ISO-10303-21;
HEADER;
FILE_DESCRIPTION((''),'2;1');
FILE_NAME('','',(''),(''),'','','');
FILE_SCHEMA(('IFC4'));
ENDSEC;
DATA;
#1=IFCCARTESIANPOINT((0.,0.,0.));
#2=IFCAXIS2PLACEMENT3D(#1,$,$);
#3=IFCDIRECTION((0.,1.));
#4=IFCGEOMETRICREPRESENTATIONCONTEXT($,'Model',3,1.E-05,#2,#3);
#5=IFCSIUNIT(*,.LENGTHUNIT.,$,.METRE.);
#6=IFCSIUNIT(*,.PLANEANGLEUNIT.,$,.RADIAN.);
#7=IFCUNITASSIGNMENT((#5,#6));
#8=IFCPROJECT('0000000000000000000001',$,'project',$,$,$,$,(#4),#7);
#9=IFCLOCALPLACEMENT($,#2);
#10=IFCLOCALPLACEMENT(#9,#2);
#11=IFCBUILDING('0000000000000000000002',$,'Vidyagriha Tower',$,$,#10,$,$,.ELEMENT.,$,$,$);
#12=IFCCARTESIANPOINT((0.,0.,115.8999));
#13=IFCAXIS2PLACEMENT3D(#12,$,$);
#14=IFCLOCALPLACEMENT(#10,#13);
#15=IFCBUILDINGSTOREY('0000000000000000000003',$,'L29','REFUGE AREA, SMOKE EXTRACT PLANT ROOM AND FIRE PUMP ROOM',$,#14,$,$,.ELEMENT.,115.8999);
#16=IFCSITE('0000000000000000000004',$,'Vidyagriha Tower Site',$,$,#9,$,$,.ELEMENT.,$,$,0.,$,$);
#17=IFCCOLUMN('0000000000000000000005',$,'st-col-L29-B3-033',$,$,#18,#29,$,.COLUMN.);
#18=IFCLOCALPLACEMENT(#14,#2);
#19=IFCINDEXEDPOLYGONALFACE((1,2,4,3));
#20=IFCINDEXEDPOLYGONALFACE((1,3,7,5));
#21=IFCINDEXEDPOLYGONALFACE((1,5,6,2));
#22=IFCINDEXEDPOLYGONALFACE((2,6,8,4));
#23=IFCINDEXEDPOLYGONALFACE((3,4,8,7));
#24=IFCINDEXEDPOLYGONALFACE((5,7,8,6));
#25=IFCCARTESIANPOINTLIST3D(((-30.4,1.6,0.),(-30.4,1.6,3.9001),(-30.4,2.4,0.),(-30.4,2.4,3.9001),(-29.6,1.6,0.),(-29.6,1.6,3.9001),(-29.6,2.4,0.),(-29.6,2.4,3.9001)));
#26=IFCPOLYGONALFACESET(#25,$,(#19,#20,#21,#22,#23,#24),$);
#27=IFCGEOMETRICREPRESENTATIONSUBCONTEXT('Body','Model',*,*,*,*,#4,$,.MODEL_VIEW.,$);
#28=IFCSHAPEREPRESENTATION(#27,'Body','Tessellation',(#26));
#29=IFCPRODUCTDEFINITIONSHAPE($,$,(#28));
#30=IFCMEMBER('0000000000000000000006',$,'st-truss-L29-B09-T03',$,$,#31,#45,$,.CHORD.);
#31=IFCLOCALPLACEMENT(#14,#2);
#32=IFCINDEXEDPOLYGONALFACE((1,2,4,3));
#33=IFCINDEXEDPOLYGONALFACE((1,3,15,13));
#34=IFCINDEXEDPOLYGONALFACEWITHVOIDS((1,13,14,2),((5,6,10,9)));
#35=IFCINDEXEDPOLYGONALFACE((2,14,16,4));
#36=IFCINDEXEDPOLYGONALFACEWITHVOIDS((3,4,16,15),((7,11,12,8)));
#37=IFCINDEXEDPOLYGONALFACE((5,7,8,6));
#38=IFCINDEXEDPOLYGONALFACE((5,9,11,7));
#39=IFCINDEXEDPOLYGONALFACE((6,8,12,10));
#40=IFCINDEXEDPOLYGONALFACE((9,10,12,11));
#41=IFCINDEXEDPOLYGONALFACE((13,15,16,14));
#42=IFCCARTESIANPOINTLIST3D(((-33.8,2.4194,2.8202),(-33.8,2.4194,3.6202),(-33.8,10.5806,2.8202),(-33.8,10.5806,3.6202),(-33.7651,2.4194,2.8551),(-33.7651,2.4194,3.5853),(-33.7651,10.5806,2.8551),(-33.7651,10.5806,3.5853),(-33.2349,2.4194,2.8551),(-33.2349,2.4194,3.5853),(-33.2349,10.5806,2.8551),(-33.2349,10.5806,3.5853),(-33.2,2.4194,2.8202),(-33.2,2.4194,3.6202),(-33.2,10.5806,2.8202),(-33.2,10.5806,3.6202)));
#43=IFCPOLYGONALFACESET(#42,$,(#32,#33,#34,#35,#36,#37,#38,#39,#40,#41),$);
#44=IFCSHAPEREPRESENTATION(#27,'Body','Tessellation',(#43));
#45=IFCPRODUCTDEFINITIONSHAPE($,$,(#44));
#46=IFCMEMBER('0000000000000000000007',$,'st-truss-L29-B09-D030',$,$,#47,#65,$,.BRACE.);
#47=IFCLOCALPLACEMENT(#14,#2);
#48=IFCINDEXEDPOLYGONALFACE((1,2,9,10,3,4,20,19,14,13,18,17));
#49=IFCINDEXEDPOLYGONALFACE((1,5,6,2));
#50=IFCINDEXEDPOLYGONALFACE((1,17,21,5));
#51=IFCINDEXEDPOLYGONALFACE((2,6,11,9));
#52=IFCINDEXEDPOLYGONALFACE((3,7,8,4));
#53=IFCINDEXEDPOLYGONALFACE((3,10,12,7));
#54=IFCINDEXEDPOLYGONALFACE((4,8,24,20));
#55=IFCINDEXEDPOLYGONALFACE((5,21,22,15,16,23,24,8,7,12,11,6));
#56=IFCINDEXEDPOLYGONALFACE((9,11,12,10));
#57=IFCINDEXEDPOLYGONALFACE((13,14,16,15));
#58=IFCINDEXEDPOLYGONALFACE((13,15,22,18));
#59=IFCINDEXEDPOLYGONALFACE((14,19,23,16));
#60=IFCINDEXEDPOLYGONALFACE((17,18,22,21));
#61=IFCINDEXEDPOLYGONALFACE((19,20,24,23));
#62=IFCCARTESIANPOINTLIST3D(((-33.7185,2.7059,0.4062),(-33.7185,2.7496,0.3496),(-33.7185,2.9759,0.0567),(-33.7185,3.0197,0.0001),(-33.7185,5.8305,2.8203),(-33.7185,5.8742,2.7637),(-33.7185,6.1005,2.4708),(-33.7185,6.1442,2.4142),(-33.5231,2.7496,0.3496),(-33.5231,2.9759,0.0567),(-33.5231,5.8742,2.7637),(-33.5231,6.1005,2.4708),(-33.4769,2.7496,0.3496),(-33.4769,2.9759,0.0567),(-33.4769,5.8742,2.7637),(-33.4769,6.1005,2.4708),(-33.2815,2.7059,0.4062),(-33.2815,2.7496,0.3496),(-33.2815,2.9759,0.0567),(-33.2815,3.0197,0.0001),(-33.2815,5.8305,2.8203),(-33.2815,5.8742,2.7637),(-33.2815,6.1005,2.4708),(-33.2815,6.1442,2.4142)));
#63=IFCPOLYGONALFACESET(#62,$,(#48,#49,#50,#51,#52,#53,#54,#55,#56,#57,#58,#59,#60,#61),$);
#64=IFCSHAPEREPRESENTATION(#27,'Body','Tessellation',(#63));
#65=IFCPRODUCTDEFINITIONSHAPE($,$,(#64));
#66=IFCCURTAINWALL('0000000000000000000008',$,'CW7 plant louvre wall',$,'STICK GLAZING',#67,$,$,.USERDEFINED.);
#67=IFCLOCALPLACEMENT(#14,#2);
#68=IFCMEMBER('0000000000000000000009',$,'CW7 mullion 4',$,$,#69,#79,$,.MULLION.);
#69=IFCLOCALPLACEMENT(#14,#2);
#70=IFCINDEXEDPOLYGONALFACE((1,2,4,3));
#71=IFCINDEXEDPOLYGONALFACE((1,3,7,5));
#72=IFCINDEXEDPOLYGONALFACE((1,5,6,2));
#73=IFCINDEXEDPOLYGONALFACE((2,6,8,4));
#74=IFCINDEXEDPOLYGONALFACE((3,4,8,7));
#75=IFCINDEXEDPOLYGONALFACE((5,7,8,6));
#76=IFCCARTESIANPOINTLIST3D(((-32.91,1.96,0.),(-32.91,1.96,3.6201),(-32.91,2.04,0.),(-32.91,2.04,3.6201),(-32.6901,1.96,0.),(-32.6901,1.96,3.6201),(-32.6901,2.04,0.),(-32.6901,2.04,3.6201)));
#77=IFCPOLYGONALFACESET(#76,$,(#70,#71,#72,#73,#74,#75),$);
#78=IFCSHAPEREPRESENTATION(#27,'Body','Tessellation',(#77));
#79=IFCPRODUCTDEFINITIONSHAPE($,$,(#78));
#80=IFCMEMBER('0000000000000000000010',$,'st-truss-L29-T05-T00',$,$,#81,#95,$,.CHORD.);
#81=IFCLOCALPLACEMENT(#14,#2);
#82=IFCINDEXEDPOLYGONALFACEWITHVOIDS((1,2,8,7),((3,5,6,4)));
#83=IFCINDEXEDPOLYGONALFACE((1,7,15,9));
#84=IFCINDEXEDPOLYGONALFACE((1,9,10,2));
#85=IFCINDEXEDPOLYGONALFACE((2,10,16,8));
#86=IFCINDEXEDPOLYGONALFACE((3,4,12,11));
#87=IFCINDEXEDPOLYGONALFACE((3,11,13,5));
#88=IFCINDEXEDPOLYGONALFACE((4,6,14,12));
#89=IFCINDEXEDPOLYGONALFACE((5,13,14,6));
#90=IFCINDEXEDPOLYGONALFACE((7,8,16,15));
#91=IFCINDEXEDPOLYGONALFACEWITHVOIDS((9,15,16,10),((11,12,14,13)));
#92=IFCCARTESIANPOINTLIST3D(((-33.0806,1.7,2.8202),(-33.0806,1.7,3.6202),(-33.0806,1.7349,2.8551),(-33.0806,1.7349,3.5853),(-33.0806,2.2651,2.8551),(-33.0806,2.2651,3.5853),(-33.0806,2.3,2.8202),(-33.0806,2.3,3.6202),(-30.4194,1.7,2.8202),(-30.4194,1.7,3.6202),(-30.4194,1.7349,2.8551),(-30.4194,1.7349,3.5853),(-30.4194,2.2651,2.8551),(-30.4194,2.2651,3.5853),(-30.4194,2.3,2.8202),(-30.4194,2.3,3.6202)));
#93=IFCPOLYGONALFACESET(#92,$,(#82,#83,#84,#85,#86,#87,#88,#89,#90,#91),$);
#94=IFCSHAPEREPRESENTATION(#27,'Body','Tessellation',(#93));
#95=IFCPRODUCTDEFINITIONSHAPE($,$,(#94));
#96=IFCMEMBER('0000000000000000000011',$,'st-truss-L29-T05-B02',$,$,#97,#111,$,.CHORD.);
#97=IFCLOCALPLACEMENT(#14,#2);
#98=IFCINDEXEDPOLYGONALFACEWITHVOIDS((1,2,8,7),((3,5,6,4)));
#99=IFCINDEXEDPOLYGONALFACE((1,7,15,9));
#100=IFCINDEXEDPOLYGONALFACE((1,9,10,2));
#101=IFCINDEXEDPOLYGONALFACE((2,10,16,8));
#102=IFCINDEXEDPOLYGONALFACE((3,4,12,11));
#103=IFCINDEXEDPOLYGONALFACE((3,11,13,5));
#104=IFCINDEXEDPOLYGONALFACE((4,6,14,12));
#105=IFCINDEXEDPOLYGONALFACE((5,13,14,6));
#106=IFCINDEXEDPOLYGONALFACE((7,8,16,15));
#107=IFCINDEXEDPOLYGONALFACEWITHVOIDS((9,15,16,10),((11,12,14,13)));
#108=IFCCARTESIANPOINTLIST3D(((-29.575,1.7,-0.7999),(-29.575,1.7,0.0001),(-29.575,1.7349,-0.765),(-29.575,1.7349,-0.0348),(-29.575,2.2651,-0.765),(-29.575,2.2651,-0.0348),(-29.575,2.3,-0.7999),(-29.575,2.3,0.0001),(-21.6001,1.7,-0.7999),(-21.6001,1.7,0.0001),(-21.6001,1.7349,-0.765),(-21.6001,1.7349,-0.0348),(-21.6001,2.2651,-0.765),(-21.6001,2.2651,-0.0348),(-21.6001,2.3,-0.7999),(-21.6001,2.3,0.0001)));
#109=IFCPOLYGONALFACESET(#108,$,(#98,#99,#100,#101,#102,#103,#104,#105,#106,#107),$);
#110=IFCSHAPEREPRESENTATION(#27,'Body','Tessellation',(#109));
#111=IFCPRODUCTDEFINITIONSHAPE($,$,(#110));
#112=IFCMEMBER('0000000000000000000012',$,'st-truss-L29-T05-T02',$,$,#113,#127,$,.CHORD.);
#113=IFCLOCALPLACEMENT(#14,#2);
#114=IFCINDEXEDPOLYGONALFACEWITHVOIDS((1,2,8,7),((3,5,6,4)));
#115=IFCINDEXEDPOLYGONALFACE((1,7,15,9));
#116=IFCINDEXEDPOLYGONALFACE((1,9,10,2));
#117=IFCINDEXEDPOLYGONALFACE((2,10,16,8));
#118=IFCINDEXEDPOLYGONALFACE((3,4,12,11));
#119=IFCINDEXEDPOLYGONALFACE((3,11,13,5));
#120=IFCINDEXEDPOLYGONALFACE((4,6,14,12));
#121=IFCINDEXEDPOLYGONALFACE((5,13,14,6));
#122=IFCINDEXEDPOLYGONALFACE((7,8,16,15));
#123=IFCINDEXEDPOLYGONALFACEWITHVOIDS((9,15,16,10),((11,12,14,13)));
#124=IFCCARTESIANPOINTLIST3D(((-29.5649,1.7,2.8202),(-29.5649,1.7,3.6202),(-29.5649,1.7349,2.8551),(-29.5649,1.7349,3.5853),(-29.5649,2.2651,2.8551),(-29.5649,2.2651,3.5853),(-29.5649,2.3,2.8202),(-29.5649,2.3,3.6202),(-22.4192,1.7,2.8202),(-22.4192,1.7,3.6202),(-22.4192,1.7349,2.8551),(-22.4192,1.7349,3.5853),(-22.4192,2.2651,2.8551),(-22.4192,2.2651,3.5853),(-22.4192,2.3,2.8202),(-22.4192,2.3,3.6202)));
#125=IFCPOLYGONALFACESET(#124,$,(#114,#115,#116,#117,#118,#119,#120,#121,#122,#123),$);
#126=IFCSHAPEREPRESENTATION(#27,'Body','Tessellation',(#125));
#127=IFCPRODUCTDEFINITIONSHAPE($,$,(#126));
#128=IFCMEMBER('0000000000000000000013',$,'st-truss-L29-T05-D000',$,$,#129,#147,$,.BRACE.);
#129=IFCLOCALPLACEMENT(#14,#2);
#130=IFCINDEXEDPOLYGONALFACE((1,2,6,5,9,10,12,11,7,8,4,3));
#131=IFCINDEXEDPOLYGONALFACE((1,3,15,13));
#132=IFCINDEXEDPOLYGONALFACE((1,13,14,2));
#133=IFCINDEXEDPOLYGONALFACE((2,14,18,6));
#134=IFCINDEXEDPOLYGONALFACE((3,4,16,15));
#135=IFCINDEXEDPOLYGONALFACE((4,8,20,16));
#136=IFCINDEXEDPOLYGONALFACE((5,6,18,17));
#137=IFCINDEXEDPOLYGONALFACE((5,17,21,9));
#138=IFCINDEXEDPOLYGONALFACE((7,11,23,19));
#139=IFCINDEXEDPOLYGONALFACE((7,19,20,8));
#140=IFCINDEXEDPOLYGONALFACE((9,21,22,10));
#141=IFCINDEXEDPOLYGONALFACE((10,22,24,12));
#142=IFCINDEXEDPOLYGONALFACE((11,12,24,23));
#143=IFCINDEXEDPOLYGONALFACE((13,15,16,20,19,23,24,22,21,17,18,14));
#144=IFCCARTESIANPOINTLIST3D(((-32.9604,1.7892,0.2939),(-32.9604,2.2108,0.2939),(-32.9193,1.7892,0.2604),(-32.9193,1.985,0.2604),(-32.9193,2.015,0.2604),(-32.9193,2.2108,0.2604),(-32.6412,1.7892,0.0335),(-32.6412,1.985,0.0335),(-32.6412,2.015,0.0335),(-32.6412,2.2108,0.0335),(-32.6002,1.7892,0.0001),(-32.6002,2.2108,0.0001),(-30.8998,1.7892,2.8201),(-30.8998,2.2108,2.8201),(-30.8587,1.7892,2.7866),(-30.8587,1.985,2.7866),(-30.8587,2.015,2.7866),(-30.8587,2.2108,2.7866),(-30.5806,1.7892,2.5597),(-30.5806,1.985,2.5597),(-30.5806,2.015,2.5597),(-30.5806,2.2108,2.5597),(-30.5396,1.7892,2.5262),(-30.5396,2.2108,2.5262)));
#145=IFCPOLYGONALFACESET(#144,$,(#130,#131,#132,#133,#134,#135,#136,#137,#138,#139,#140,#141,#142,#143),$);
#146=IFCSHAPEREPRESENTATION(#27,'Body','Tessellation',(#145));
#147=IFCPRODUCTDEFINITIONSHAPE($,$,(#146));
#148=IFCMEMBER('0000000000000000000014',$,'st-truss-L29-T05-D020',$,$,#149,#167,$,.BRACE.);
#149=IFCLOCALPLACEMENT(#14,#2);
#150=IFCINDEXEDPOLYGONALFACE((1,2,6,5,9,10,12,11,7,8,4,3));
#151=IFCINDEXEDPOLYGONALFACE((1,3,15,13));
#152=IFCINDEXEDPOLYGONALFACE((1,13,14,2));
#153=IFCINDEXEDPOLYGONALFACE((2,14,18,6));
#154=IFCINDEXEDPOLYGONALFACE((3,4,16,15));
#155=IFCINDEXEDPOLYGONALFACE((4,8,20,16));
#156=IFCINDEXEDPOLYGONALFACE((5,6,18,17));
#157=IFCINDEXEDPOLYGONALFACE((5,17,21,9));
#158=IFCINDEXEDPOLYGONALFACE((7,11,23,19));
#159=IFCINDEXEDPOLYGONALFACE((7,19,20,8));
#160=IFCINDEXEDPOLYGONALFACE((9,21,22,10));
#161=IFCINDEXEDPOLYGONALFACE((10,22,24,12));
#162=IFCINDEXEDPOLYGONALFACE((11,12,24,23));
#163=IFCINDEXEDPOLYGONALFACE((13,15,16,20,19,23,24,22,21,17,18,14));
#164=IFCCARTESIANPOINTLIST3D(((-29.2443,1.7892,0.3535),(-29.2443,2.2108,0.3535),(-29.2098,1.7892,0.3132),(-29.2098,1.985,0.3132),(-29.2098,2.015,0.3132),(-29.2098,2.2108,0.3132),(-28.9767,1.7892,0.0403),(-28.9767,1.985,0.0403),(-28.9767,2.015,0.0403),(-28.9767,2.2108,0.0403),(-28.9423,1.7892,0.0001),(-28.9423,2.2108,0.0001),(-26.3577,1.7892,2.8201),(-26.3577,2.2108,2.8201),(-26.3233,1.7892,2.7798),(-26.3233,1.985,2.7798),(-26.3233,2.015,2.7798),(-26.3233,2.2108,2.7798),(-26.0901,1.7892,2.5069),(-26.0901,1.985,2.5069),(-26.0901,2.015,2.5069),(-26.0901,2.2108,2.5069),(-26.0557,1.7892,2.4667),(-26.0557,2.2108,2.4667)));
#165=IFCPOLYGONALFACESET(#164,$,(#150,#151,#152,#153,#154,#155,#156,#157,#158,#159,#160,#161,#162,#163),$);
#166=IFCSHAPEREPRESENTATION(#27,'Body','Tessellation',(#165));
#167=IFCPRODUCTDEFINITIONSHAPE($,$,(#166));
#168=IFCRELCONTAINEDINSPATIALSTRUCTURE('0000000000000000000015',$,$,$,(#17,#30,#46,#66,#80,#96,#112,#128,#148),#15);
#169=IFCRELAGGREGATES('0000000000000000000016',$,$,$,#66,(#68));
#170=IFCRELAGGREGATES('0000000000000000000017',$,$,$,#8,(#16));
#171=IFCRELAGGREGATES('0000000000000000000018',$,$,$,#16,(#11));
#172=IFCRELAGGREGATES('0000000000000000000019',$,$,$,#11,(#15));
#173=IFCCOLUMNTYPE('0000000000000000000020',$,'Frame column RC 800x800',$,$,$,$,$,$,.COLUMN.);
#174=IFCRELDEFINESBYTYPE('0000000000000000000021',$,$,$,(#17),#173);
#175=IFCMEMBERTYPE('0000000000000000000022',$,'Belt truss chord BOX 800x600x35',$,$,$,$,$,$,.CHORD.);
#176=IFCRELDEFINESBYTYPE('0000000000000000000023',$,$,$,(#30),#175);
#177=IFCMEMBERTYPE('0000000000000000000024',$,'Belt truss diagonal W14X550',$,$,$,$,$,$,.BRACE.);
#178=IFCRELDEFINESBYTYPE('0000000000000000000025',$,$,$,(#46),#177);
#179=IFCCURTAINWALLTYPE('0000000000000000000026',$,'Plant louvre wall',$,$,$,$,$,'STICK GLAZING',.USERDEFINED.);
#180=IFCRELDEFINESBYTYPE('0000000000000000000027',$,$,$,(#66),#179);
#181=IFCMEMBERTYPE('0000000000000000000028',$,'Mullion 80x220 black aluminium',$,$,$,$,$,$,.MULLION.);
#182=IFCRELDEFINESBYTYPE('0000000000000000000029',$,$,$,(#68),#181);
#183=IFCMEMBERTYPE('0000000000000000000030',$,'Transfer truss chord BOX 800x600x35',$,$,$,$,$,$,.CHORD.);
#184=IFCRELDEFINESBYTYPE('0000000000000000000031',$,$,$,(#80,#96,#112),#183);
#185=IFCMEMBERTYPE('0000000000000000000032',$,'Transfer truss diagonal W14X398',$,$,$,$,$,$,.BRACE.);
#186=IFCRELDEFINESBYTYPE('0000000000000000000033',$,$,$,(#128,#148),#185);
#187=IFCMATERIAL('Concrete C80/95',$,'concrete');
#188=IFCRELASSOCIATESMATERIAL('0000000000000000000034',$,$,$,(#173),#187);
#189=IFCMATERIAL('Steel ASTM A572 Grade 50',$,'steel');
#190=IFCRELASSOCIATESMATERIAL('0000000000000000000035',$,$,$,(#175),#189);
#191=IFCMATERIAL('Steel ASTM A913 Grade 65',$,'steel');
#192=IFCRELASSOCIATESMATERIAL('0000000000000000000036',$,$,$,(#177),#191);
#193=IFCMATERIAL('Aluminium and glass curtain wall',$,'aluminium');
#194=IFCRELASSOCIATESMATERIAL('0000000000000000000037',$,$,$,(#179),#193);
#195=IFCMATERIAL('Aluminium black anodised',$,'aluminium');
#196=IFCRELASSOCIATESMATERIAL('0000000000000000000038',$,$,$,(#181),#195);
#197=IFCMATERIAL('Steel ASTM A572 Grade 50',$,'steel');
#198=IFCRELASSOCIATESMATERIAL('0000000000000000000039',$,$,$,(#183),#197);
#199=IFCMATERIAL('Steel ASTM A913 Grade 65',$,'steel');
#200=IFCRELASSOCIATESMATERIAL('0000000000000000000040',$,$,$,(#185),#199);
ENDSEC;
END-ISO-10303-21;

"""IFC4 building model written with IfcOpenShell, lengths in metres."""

from ifc_helpers import new_model, si_unit, direction, frame, origin, origin_2d, place, context, subcontext, project, spatial, rectangle, hollow_rectangle, i_section, extrude, material, material_profile, profile_set, type_object, element, aggregate, save


model = new_model("IFC4")

# Units and contexts
model_context = context("Model", 3, precision=1e-05, world=origin(), true_north=direction((0.0, 1.0)))
body_context = subcontext(model_context, "Body", "Model", "MODEL_VIEW")
ifc_project = project(units=[si_unit("LENGTHUNIT", "METRE"), si_unit("PLANEANGLEUNIT", "RADIAN")], contexts=[model_context])

# Site, building, storey
site_placement = place(None, origin())
site = spatial("IfcSite", under=ifc_project, at=site_placement, Name="Vidyagriha Tower Site", CompositionType="ELEMENT", RefElevation=0.0)
building_placement = place(site_placement, origin())
building = spatial("IfcBuilding", under=site, at=building_placement, Name="Vidyagriha Tower", CompositionType="ELEMENT")
storey_placement = place(building_placement, frame((0.0, 0.0, 115.8999)))
storey = spatial("IfcBuildingStorey", under=building, at=storey_placement, Name="L29", Description="REFUGE AREA, SMOKE EXTRACT PLANT ROOM AND FIRE PUMP ROOM", CompositionType="ELEMENT", Elevation=115.8999)

# Column
ifc_material_1 = material(Name="Concrete C80/95", Category="concrete")
ifc_material_profile_1 = material_profile(ifc_material_1, rectangle(XDim=0.8, YDim=0.8, at=origin_2d()), Name="RC 800x800")
ifc_profile_set_1 = profile_set([ifc_material_profile_1], Name="Concrete C80/95")
column_type = type_object("IfcColumnType", Name="Frame column RC 800x800", PredefinedType="COLUMN", material=ifc_profile_set_1)
column_placement = place(storey_placement, frame((-30.0, 2.0, 0.0)))
element("IfcColumn", 1, at=column_placement, inside=storey, type_object=column_type, Name="st-col-L29-B3-033", PredefinedType="COLUMN", context=body_context, shape_type="SweptSolid", body=[
    extrude(rectangle(XDim=0.8, YDim=0.8, at=origin_2d()), origin(), (0.0, 0.0, 1.0), 3.9001),
])

# Members
ifc_material_2 = material(Name="Steel ASTM A572 Grade 50", Category="steel")
ifc_material_profile_2 = material_profile(ifc_material_2, hollow_rectangle(XDim=0.6001, YDim=0.8, WallThickness=0.0349, at=origin_2d()), Name="BOX 800x600x35")
ifc_profile_set_2 = profile_set([ifc_material_profile_2], Name="Steel ASTM A572 Grade 50")
member_type_1 = type_object("IfcMemberType", Name="Belt truss chord BOX 800x600x35", PredefinedType="CHORD", material=ifc_profile_set_2)
member_1_placement = place(storey_placement, frame((-33.5, 2.4194, 3.2202), z_axis=(0.0, 1.0, 0.0), x_axis=(-1.0, 0.0, 0.0)))
element("IfcMember", 2, at=member_1_placement, inside=storey, type_object=member_type_1, Name="st-truss-L29-B09-T03", PredefinedType="CHORD", context=body_context, shape_type="SweptSolid", body=[
    extrude(hollow_rectangle(XDim=0.6001, YDim=0.8, WallThickness=0.0349, at=origin_2d()), origin(), (0.0, 0.0, 1.0), 8.1611),
])
ifc_material_3 = material(Name="Steel ASTM A913 Grade 65", Category="steel")
ifc_material_profile_3 = material_profile(ifc_material_3, i_section(OverallWidth=0.437, OverallDepth=0.5132, WebThickness=0.0461, FlangeThickness=0.0715, at=origin_2d()), Name="W14X550")
ifc_profile_set_3 = profile_set([ifc_material_profile_3], Name="Steel ASTM A913 Grade 65")
member_type_2 = type_object("IfcMemberType", Name="Belt truss diagonal W14X550", PredefinedType="BRACE", material=ifc_profile_set_3)
member_2_placement = place(storey_placement, frame((-33.5, 2.8628, 0.2031), z_axis=(0.0, 0.791326, 0.611395), x_axis=(-1.0, 0.0, 0.0)))
element("IfcMember", 3, at=member_2_placement, inside=storey, type_object=member_type_2, Name="st-truss-L29-B09-D030", PredefinedType="BRACE", context=body_context, shape_type="SweptSolid", body=[
    extrude(i_section(OverallWidth=0.437, OverallDepth=0.5132, WebThickness=0.0461, FlangeThickness=0.0715, at=origin_2d()), origin(), (0.0, 0.0, 1.0), 3.9485),
])

# Curtain wall, member
ifc_material_4 = material(Name="Aluminium and glass curtain wall", Category="aluminium")
curtain_wall_type = type_object("IfcCurtainWallType", Name="Plant louvre wall", ElementType="STICK GLAZING", PredefinedType="USERDEFINED", material=ifc_material_4)
curtain_wall_placement = place(storey_placement, origin())
curtain_wall = element("IfcCurtainWall", 4, at=curtain_wall_placement, inside=storey, type_object=curtain_wall_type, Name="CW7 plant louvre wall", ObjectType="STICK GLAZING", PredefinedType="USERDEFINED")
ifc_material_5 = material(Name="Aluminium black anodised", Category="aluminium")
ifc_material_profile_4 = material_profile(ifc_material_5, rectangle(XDim=0.22, YDim=0.0801, at=origin_2d()), Name="Mullion 80x220 black aluminium")
ifc_profile_set_4 = profile_set([ifc_material_profile_4], Name="Aluminium black anodised")
member_type_3 = type_object("IfcMemberType", Name="Mullion 80x220 black aluminium", PredefinedType="MULLION", material=ifc_profile_set_4)
member_3_placement = place(storey_placement, frame((-32.8, 2.0, 0.0)))
member_3 = element("IfcMember", 5, at=member_3_placement, type_object=member_type_3, Name="CW7 mullion 4", PredefinedType="MULLION", context=body_context, shape_type="SweptSolid", body=[
    extrude(rectangle(XDim=0.22, YDim=0.0801, at=origin_2d()), origin(), (0.0, 0.0, 1.0), 3.6201),
])

# Members
ifc_material_6 = material(Name="Steel ASTM A572 Grade 50", Category="steel")
ifc_material_profile_5 = material_profile(ifc_material_6, hollow_rectangle(XDim=0.6001, YDim=0.8, WallThickness=0.0349, at=origin_2d()), Name="BOX 800x600x35")
ifc_profile_set_5 = profile_set([ifc_material_profile_5], Name="Steel ASTM A572 Grade 50")
member_type_4 = type_object("IfcMemberType", Name="Transfer truss chord BOX 800x600x35", PredefinedType="CHORD", material=ifc_profile_set_5)
member_4_placement = place(storey_placement, frame((-33.0806, 2.0, 3.2202), z_axis=(1.0, 0.0, 0.0), x_axis=(0.0, 1.0, 0.0)))
element("IfcMember", 6, at=member_4_placement, inside=storey, type_object=member_type_4, Name="st-truss-L29-T05-T00", PredefinedType="CHORD", context=body_context, shape_type="SweptSolid", body=[
    extrude(hollow_rectangle(XDim=0.6001, YDim=0.8, WallThickness=0.0349, at=origin_2d()), origin(), (0.0, 0.0, 1.0), 2.6611),
])
member_5_placement = place(storey_placement, frame((-29.575, 2.0, -0.3999), z_axis=(1.0, 0.0, 0.0), x_axis=(0.0, 1.0, 0.0)))
element("IfcMember", 7, at=member_5_placement, inside=storey, type_object=member_type_4, Name="st-truss-L29-T05-B02", PredefinedType="CHORD", context=body_context, shape_type="SweptSolid", body=[
    extrude(hollow_rectangle(XDim=0.6001, YDim=0.8, WallThickness=0.0349, at=origin_2d()), origin(), (0.0, 0.0, 1.0), 7.9749),
])
member_6_placement = place(storey_placement, frame((-29.5649, 2.0, 3.2202), z_axis=(1.0, 0.0, 0.0), x_axis=(0.0, 1.0, 0.0)))
element("IfcMember", 8, at=member_6_placement, inside=storey, type_object=member_type_4, Name="st-truss-L29-T05-T02", PredefinedType="CHORD", context=body_context, shape_type="SweptSolid", body=[
    extrude(hollow_rectangle(XDim=0.6001, YDim=0.8, WallThickness=0.0349, at=origin_2d()), origin(), (0.0, 0.0, 1.0), 7.1458),
])
ifc_material_7 = material(Name="Steel ASTM A913 Grade 65", Category="steel")
ifc_material_profile_6 = material_profile(ifc_material_7, i_section(OverallWidth=0.4216, OverallDepth=0.4648, WebThickness=0.03, FlangeThickness=0.053, at=origin_2d()), Name="W14X398")
ifc_profile_set_6 = profile_set([ifc_material_profile_6], Name="Steel ASTM A913 Grade 65")
member_type_5 = type_object("IfcMemberType", Name="Transfer truss diagonal W14X398", PredefinedType="BRACE", material=ifc_profile_set_6)
member_7_placement = place(storey_placement, frame((-32.7803, 2.0, 0.147), z_axis=(0.632083, 0.0, 0.774901), x_axis=(0.0, 1.0, 0.0)))
element("IfcMember", 9, at=member_7_placement, inside=storey, type_object=member_type_5, Name="st-truss-L29-T05-D000", PredefinedType="BRACE", context=body_context, shape_type="SweptSolid", body=[
    extrude(i_section(OverallWidth=0.4216, OverallDepth=0.4648, WebThickness=0.03, FlangeThickness=0.053, at=origin_2d()), origin(), (0.0, 0.0, 1.0), 3.26),
])
member_8_placement = place(storey_placement, frame((-29.0933, 2.0, 0.1768), z_axis=(0.760241, 0.0, 0.649642), x_axis=(0.0, 1.0, 0.0)))
element("IfcMember", 10, at=member_8_placement, inside=storey, type_object=member_type_5, Name="st-truss-L29-T05-D020", PredefinedType="BRACE", context=body_context, shape_type="SweptSolid", body=[
    extrude(i_section(OverallWidth=0.4216, OverallDepth=0.4648, WebThickness=0.03, FlangeThickness=0.053, at=origin_2d()), origin(), (0.0, 0.0, 1.0), 3.7969),
])

aggregate(curtain_wall, [member_3])

save(model, "model.ifc")
